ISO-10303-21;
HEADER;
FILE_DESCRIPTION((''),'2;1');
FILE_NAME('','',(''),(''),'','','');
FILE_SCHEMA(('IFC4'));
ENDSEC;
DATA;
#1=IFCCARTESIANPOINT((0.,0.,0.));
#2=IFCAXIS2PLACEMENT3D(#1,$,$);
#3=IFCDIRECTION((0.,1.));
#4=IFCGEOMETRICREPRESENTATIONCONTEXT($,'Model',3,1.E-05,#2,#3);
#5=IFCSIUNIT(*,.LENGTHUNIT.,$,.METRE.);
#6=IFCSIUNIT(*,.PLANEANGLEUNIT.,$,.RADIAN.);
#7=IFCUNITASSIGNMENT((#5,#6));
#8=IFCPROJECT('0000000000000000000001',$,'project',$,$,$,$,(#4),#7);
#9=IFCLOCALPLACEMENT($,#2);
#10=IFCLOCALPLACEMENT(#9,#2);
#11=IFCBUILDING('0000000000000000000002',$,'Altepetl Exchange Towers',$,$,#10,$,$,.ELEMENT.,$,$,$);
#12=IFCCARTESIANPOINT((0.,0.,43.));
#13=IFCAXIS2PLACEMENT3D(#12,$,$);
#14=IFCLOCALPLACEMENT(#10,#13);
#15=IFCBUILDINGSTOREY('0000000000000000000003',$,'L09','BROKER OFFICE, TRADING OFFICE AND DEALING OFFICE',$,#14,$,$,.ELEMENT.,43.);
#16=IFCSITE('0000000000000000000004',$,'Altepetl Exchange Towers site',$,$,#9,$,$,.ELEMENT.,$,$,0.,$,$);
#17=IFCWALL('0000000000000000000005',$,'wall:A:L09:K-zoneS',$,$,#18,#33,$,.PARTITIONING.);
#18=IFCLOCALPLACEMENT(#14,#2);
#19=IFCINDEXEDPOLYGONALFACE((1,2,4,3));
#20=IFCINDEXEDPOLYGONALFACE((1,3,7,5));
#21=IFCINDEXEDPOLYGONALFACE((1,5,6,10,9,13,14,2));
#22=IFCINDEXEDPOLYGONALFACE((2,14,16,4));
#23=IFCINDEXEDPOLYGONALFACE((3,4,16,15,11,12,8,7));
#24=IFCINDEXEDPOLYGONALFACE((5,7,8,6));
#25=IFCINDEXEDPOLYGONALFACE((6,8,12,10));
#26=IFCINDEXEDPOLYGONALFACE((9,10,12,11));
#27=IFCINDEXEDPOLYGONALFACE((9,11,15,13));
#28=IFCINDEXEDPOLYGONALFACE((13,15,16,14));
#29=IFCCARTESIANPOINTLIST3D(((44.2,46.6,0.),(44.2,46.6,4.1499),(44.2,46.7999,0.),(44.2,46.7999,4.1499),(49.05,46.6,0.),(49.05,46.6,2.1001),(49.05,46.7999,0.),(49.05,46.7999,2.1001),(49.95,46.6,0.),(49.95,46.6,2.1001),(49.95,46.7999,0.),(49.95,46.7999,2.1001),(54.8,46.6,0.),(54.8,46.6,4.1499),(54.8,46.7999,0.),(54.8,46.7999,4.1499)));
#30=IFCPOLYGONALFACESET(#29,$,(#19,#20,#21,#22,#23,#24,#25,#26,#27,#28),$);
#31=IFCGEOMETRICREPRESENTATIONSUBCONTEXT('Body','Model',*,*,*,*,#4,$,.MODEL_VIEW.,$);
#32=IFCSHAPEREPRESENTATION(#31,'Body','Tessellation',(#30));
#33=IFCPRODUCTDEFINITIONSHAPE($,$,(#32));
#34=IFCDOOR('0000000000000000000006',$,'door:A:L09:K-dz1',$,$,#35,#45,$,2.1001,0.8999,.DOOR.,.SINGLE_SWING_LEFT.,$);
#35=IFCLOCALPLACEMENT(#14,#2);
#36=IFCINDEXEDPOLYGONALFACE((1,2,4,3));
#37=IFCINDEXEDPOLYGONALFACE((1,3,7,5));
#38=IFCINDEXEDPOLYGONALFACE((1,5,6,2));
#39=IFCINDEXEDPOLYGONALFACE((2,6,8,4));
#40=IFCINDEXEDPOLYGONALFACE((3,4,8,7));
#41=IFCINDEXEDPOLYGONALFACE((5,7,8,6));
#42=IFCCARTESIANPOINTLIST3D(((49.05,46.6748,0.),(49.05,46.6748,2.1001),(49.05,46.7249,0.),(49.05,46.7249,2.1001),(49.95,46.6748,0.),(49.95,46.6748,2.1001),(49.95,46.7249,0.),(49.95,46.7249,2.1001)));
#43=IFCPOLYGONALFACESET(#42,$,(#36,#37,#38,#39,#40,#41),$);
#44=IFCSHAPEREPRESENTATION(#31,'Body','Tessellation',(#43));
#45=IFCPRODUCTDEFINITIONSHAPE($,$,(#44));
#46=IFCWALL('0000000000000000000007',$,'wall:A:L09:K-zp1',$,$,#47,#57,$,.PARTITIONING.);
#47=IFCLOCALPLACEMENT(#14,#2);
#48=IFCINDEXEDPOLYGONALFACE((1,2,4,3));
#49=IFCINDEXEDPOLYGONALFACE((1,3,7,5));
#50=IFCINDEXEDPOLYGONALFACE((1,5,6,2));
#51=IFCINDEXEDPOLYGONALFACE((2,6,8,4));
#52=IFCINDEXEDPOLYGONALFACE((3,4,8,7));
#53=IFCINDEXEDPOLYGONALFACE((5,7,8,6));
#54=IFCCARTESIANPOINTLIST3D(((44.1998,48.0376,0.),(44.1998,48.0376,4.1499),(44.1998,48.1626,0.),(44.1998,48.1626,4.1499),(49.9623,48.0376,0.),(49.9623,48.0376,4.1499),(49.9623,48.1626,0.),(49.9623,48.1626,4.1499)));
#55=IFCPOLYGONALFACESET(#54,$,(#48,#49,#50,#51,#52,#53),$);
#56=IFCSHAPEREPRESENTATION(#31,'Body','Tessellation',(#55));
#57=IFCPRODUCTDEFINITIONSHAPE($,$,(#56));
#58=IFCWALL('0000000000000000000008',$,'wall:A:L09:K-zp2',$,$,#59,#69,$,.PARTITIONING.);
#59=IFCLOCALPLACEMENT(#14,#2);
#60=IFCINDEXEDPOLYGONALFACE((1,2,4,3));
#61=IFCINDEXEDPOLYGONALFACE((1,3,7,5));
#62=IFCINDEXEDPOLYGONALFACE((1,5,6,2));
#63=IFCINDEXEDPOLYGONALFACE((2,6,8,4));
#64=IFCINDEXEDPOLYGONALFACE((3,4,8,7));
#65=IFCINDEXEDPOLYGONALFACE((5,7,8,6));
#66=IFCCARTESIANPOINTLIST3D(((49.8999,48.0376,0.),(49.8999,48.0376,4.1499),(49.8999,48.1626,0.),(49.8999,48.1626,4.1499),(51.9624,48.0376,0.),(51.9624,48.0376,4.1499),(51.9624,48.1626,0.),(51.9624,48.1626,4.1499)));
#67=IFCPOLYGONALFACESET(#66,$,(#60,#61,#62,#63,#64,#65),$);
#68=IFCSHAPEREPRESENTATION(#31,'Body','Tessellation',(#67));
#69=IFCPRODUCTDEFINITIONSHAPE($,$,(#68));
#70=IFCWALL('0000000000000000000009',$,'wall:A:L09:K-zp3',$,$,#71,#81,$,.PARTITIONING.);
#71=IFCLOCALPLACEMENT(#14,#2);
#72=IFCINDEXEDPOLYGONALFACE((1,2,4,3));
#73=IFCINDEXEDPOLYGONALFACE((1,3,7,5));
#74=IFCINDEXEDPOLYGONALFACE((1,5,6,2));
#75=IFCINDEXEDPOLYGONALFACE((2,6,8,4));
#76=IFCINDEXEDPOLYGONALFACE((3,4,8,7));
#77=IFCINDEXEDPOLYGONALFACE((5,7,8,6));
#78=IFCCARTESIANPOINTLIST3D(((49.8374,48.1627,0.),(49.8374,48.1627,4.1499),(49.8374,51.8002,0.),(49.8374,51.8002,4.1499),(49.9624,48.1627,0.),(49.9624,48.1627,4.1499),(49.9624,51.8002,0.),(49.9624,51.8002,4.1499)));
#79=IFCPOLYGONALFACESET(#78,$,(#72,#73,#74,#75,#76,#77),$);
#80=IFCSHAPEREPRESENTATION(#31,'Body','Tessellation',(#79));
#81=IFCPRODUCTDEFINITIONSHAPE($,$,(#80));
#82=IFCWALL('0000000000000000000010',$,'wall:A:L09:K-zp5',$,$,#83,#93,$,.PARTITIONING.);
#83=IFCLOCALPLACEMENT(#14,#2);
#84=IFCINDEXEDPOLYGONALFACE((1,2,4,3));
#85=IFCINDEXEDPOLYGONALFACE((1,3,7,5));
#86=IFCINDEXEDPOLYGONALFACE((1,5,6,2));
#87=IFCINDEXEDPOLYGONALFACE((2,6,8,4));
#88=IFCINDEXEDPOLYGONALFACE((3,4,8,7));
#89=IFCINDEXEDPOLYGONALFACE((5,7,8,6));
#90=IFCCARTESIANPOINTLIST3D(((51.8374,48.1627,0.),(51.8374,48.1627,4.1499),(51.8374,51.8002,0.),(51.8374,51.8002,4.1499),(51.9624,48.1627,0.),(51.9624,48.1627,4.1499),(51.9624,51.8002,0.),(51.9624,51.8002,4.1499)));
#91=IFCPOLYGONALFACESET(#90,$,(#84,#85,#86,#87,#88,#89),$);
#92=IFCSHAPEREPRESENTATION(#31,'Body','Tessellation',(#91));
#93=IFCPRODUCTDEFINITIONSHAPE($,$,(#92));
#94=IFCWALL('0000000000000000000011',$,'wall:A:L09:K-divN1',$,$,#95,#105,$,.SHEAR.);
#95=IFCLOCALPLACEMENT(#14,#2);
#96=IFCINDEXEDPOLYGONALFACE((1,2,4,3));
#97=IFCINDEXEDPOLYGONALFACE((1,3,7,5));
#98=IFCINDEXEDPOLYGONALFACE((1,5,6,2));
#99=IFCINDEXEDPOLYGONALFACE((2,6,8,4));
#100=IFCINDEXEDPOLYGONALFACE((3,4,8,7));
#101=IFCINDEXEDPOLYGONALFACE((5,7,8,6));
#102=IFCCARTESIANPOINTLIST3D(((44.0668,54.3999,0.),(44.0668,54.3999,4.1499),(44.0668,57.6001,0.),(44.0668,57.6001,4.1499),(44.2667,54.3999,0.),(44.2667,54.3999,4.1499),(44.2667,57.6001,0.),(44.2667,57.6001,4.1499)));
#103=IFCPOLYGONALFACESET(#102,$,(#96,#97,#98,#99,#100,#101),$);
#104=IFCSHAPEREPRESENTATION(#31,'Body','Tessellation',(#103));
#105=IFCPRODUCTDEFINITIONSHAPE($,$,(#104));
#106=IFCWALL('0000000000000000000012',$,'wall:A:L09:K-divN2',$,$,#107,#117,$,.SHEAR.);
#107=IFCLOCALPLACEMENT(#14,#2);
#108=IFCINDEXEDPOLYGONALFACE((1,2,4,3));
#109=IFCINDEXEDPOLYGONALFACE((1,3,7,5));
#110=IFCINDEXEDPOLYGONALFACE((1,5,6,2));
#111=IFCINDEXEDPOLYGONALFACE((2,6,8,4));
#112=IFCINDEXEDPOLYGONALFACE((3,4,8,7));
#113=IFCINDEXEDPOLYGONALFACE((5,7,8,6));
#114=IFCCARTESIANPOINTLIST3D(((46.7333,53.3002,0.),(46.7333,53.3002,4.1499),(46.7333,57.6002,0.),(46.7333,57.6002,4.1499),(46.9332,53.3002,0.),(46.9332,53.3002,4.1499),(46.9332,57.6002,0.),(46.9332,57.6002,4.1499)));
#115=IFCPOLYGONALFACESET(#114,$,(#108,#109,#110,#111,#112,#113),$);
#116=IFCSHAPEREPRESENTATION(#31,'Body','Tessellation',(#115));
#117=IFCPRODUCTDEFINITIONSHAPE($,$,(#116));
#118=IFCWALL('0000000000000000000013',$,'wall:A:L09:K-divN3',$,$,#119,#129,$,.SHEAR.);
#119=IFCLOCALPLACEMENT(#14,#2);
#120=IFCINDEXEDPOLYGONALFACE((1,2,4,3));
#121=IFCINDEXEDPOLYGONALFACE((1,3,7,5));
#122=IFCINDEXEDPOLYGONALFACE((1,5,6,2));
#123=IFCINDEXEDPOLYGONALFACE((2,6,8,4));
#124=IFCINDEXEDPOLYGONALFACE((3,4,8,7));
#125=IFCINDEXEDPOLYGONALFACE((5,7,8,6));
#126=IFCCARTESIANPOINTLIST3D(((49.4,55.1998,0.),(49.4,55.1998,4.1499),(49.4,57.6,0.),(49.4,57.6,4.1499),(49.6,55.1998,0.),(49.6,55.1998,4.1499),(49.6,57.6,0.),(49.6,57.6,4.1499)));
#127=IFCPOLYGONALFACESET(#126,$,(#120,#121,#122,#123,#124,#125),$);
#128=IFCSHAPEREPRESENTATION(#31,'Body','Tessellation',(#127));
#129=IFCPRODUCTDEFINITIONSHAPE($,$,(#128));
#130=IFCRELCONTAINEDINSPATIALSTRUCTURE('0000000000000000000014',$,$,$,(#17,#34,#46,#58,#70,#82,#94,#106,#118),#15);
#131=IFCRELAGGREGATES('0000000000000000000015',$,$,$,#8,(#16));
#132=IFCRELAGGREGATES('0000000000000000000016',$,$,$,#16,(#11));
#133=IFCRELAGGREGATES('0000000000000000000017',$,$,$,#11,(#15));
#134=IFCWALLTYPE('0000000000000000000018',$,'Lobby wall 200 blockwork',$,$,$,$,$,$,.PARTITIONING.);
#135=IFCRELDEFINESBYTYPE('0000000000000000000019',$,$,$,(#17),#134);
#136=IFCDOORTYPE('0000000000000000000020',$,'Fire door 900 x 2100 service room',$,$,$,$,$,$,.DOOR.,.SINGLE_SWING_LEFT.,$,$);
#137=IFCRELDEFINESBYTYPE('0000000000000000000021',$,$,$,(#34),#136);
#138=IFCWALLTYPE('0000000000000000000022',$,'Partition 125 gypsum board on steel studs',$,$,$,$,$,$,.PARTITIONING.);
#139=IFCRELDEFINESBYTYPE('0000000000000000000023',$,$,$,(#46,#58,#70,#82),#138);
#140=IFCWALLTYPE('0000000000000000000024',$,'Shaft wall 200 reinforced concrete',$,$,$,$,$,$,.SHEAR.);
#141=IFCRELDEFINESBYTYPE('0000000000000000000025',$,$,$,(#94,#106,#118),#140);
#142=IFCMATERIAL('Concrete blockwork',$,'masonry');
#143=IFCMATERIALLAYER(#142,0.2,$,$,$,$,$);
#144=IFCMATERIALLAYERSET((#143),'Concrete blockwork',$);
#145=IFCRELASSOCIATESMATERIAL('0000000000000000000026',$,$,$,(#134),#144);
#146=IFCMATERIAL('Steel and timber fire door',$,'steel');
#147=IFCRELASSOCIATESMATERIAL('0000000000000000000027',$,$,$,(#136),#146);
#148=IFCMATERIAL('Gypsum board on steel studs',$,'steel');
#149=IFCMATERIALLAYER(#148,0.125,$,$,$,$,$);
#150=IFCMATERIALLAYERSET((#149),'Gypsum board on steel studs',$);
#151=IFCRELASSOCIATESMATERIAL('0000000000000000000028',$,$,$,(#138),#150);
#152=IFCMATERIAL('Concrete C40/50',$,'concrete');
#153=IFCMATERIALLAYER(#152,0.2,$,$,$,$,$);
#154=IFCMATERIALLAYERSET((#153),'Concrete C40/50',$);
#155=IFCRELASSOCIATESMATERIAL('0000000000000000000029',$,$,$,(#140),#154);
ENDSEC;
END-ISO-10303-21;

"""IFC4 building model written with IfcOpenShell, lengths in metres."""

from ifc_helpers import new_model, si_unit, direction, frame, frame_2d, origin, place, context, subcontext, project, spatial, rectangle, extrude, material, layer, layer_set, type_object, element, fill, save


model = new_model("IFC4")

# Units and contexts
model_context = context("Model", 3, precision=1e-05, world=origin(), true_north=direction((0.0, 1.0)))
body_context = subcontext(model_context, "Body", "Model", "MODEL_VIEW")
ifc_project = project(units=[si_unit("LENGTHUNIT", "METRE"), si_unit("PLANEANGLEUNIT", "RADIAN")], contexts=[model_context])

# Site, building, storey
site_placement = place(None, origin())
site = spatial("IfcSite", under=ifc_project, at=site_placement, Name="Altepetl Exchange Towers site", CompositionType="ELEMENT", RefElevation=0.0)
building_placement = place(site_placement, origin())
building = spatial("IfcBuilding", under=site, at=building_placement, Name="Altepetl Exchange Towers", CompositionType="ELEMENT")
storey_placement = place(building_placement, frame((0.0, 0.0, 43.0)))
storey = spatial("IfcBuildingStorey", under=building, at=storey_placement, Name="L09", Description="BROKER OFFICE, TRADING OFFICE AND DEALING OFFICE", CompositionType="ELEMENT", Elevation=43.0)

# Shared definitions
ifc_material_1 = material(Name="Concrete blockwork", Category="masonry")
ifc_layer_1 = layer(ifc_material_1, 0.2)
ifc_layer_set_1 = layer_set([ifc_layer_1], Name="Concrete blockwork")
wall_type_1 = type_object("IfcWallType", Name="Lobby wall 200 blockwork", PredefinedType="PARTITIONING", material=ifc_layer_set_1)

# Shared definitions
ifc_material_2 = material(Name="Steel and timber fire door", Category="steel")

# Shared definitions
door_type_1 = type_object("IfcDoorType", Name="Fire door 900 x 2100 service room", OperationType="SINGLE_SWING_LEFT", PredefinedType="DOOR", material=ifc_material_2)

# Wall, opening, door
wall_1_placement = place(storey_placement, frame((44.2, 46.7, 0.0)))
wall_1 = element("IfcWall", 1, at=wall_1_placement, inside=storey, type_object=wall_type_1, Name="wall:A:L09:K-zoneS", PredefinedType="PARTITIONING", context=body_context, shape_type="SweptSolid", body=[
    extrude(rectangle(XDim=10.6001, YDim=0.2, at=frame_2d((5.3, 0.0))), origin(), (0.0, 0.0, 1.0), 4.1499),
])
opening_1_placement = place(wall_1_placement, frame((4.8501, 0.0, 0.0)))
opening_1 = element("IfcOpeningElement", 2, at=opening_1_placement, cuts=wall_1, PredefinedType="OPENING", context=body_context, shape_type="SweptSolid", body=[
    extrude(rectangle(XDim=0.8999, YDim=2.1001, at=frame_2d((0.45, 1.05))), frame((0.0, 0.1099, 0.0), z_axis=(0.0, -1.0, 0.0), x_axis=(1.0, 0.0, 0.0)), (0.0, 0.0, 1.0), 0.22),
])
door_1_placement = place(opening_1_placement, origin())
door_1 = element("IfcDoor", 3, at=door_1_placement, inside=storey, type_object=door_type_1, Name="door:A:L09:K-dz1", OperationType="SINGLE_SWING_LEFT", OverallHeight=2.1001, OverallWidth=0.8999, PredefinedType="DOOR", context=body_context, shape_type="SweptSolid", body=[
    extrude(rectangle(XDim=0.8999, YDim=2.1001, at=frame_2d((0.45, 1.05))), frame((0.0, 0.0249, 0.0), z_axis=(0.0, -1.0, 0.0), x_axis=(1.0, 0.0, 0.0)), (0.0, 0.0, 1.0), 0.05),
])
fill(opening_1, door_1)

# Walls
ifc_material_3 = material(Name="Gypsum board on steel studs", Category="steel")
ifc_layer_2 = layer(ifc_material_3, 0.125)
ifc_layer_set_2 = layer_set([ifc_layer_2], Name="Gypsum board on steel studs")
wall_type_2 = type_object("IfcWallType", Name="Partition 125 gypsum board on steel studs", PredefinedType="PARTITIONING", material=ifc_layer_set_2)
wall_2_placement = place(storey_placement, frame((49.9624, 48.1001, 0.0), z_axis=(0.0, 0.0, 1.0), x_axis=(-1.0, 0.0, 0.0)))
element("IfcWall", 4, at=wall_2_placement, inside=storey, type_object=wall_type_2, Name="wall:A:L09:K-zp1", PredefinedType="PARTITIONING", context=body_context, shape_type="SweptSolid", body=[
    extrude(rectangle(XDim=5.7625, YDim=0.125, at=frame_2d((2.8813, 0.0))), origin(), (0.0, 0.0, 1.0), 4.1499),
])
wall_3_placement = place(storey_placement, frame((51.9624, 48.1001, 0.0), z_axis=(0.0, 0.0, 1.0), x_axis=(-1.0, 0.0, 0.0)))
element("IfcWall", 5, at=wall_3_placement, inside=storey, type_object=wall_type_2, Name="wall:A:L09:K-zp2", PredefinedType="PARTITIONING", context=body_context, shape_type="SweptSolid", body=[
    extrude(rectangle(XDim=2.0625, YDim=0.125, at=frame_2d((1.0312, 0.0))), origin(), (0.0, 0.0, 1.0), 4.1499),
])
for number, where, z_axis, x_axis, name in (
    (6, (49.8999, 48.1626, 0.0), (0.0, 0.0, 1.0), (0.0, 1.0, 0.0), "wall:A:L09:K-zp3"),
    (7, (51.8999, 48.1626, 0.0), (0.0, 0.0, 1.0), (0.0, 1.0, 0.0), "wall:A:L09:K-zp5"),
):
    element("IfcWall", number, at=place(storey_placement, frame(where, z_axis=z_axis, x_axis=x_axis)), inside=storey, type_object=wall_type_2, Name=name, PredefinedType="PARTITIONING", context=body_context, shape_type="SweptSolid", body=[
        extrude(rectangle(XDim=3.6375, YDim=0.125, at=frame_2d((1.8188, 0.0))), origin(), (0.0, 0.0, 1.0), 4.1499),
    ])
ifc_material_4 = material(Name="Concrete C40/50", Category="concrete")
ifc_layer_3 = layer(ifc_material_4, 0.2)
ifc_layer_set_3 = layer_set([ifc_layer_3], Name="Concrete C40/50")
wall_type_3 = type_object("IfcWallType", Name="Shaft wall 200 reinforced concrete", PredefinedType="SHEAR", material=ifc_layer_set_3)
wall_4_placement = place(storey_placement, frame((44.1667, 57.6001, 0.0), z_axis=(0.0, 0.0, 1.0), x_axis=(0.0, -1.0, 0.0)))
element("IfcWall", 8, at=wall_4_placement, inside=storey, type_object=wall_type_3, Name="wall:A:L09:K-divN1", PredefinedType="SHEAR", context=body_context, shape_type="SweptSolid", body=[
    extrude(rectangle(XDim=3.2002, YDim=0.2, at=frame_2d((1.6001, 0.0))), origin(), (0.0, 0.0, 1.0), 4.1499),
])
wall_5_placement = place(storey_placement, frame((46.8333, 57.6001, 0.0), z_axis=(0.0, 0.0, 1.0), x_axis=(0.0, -1.0, 0.0)))
element("IfcWall", 9, at=wall_5_placement, inside=storey, type_object=wall_type_3, Name="wall:A:L09:K-divN2", PredefinedType="SHEAR", context=body_context, shape_type="SweptSolid", body=[
    extrude(rectangle(XDim=4.3, YDim=0.2, at=frame_2d((2.1499, 0.0))), origin(), (0.0, 0.0, 1.0), 4.1499),
])
wall_6_placement = place(storey_placement, frame((49.5, 57.6001, 0.0), z_axis=(0.0, 0.0, 1.0), x_axis=(0.0, -1.0, 0.0)))
element("IfcWall", 10, at=wall_6_placement, inside=storey, type_object=wall_type_3, Name="wall:A:L09:K-divN3", PredefinedType="SHEAR", context=body_context, shape_type="SweptSolid", body=[
    extrude(rectangle(XDim=2.4001, YDim=0.2, at=frame_2d((1.2002, 0.0))), origin(), (0.0, 0.0, 1.0), 4.1499),
])

save(model, "model.ifc")
